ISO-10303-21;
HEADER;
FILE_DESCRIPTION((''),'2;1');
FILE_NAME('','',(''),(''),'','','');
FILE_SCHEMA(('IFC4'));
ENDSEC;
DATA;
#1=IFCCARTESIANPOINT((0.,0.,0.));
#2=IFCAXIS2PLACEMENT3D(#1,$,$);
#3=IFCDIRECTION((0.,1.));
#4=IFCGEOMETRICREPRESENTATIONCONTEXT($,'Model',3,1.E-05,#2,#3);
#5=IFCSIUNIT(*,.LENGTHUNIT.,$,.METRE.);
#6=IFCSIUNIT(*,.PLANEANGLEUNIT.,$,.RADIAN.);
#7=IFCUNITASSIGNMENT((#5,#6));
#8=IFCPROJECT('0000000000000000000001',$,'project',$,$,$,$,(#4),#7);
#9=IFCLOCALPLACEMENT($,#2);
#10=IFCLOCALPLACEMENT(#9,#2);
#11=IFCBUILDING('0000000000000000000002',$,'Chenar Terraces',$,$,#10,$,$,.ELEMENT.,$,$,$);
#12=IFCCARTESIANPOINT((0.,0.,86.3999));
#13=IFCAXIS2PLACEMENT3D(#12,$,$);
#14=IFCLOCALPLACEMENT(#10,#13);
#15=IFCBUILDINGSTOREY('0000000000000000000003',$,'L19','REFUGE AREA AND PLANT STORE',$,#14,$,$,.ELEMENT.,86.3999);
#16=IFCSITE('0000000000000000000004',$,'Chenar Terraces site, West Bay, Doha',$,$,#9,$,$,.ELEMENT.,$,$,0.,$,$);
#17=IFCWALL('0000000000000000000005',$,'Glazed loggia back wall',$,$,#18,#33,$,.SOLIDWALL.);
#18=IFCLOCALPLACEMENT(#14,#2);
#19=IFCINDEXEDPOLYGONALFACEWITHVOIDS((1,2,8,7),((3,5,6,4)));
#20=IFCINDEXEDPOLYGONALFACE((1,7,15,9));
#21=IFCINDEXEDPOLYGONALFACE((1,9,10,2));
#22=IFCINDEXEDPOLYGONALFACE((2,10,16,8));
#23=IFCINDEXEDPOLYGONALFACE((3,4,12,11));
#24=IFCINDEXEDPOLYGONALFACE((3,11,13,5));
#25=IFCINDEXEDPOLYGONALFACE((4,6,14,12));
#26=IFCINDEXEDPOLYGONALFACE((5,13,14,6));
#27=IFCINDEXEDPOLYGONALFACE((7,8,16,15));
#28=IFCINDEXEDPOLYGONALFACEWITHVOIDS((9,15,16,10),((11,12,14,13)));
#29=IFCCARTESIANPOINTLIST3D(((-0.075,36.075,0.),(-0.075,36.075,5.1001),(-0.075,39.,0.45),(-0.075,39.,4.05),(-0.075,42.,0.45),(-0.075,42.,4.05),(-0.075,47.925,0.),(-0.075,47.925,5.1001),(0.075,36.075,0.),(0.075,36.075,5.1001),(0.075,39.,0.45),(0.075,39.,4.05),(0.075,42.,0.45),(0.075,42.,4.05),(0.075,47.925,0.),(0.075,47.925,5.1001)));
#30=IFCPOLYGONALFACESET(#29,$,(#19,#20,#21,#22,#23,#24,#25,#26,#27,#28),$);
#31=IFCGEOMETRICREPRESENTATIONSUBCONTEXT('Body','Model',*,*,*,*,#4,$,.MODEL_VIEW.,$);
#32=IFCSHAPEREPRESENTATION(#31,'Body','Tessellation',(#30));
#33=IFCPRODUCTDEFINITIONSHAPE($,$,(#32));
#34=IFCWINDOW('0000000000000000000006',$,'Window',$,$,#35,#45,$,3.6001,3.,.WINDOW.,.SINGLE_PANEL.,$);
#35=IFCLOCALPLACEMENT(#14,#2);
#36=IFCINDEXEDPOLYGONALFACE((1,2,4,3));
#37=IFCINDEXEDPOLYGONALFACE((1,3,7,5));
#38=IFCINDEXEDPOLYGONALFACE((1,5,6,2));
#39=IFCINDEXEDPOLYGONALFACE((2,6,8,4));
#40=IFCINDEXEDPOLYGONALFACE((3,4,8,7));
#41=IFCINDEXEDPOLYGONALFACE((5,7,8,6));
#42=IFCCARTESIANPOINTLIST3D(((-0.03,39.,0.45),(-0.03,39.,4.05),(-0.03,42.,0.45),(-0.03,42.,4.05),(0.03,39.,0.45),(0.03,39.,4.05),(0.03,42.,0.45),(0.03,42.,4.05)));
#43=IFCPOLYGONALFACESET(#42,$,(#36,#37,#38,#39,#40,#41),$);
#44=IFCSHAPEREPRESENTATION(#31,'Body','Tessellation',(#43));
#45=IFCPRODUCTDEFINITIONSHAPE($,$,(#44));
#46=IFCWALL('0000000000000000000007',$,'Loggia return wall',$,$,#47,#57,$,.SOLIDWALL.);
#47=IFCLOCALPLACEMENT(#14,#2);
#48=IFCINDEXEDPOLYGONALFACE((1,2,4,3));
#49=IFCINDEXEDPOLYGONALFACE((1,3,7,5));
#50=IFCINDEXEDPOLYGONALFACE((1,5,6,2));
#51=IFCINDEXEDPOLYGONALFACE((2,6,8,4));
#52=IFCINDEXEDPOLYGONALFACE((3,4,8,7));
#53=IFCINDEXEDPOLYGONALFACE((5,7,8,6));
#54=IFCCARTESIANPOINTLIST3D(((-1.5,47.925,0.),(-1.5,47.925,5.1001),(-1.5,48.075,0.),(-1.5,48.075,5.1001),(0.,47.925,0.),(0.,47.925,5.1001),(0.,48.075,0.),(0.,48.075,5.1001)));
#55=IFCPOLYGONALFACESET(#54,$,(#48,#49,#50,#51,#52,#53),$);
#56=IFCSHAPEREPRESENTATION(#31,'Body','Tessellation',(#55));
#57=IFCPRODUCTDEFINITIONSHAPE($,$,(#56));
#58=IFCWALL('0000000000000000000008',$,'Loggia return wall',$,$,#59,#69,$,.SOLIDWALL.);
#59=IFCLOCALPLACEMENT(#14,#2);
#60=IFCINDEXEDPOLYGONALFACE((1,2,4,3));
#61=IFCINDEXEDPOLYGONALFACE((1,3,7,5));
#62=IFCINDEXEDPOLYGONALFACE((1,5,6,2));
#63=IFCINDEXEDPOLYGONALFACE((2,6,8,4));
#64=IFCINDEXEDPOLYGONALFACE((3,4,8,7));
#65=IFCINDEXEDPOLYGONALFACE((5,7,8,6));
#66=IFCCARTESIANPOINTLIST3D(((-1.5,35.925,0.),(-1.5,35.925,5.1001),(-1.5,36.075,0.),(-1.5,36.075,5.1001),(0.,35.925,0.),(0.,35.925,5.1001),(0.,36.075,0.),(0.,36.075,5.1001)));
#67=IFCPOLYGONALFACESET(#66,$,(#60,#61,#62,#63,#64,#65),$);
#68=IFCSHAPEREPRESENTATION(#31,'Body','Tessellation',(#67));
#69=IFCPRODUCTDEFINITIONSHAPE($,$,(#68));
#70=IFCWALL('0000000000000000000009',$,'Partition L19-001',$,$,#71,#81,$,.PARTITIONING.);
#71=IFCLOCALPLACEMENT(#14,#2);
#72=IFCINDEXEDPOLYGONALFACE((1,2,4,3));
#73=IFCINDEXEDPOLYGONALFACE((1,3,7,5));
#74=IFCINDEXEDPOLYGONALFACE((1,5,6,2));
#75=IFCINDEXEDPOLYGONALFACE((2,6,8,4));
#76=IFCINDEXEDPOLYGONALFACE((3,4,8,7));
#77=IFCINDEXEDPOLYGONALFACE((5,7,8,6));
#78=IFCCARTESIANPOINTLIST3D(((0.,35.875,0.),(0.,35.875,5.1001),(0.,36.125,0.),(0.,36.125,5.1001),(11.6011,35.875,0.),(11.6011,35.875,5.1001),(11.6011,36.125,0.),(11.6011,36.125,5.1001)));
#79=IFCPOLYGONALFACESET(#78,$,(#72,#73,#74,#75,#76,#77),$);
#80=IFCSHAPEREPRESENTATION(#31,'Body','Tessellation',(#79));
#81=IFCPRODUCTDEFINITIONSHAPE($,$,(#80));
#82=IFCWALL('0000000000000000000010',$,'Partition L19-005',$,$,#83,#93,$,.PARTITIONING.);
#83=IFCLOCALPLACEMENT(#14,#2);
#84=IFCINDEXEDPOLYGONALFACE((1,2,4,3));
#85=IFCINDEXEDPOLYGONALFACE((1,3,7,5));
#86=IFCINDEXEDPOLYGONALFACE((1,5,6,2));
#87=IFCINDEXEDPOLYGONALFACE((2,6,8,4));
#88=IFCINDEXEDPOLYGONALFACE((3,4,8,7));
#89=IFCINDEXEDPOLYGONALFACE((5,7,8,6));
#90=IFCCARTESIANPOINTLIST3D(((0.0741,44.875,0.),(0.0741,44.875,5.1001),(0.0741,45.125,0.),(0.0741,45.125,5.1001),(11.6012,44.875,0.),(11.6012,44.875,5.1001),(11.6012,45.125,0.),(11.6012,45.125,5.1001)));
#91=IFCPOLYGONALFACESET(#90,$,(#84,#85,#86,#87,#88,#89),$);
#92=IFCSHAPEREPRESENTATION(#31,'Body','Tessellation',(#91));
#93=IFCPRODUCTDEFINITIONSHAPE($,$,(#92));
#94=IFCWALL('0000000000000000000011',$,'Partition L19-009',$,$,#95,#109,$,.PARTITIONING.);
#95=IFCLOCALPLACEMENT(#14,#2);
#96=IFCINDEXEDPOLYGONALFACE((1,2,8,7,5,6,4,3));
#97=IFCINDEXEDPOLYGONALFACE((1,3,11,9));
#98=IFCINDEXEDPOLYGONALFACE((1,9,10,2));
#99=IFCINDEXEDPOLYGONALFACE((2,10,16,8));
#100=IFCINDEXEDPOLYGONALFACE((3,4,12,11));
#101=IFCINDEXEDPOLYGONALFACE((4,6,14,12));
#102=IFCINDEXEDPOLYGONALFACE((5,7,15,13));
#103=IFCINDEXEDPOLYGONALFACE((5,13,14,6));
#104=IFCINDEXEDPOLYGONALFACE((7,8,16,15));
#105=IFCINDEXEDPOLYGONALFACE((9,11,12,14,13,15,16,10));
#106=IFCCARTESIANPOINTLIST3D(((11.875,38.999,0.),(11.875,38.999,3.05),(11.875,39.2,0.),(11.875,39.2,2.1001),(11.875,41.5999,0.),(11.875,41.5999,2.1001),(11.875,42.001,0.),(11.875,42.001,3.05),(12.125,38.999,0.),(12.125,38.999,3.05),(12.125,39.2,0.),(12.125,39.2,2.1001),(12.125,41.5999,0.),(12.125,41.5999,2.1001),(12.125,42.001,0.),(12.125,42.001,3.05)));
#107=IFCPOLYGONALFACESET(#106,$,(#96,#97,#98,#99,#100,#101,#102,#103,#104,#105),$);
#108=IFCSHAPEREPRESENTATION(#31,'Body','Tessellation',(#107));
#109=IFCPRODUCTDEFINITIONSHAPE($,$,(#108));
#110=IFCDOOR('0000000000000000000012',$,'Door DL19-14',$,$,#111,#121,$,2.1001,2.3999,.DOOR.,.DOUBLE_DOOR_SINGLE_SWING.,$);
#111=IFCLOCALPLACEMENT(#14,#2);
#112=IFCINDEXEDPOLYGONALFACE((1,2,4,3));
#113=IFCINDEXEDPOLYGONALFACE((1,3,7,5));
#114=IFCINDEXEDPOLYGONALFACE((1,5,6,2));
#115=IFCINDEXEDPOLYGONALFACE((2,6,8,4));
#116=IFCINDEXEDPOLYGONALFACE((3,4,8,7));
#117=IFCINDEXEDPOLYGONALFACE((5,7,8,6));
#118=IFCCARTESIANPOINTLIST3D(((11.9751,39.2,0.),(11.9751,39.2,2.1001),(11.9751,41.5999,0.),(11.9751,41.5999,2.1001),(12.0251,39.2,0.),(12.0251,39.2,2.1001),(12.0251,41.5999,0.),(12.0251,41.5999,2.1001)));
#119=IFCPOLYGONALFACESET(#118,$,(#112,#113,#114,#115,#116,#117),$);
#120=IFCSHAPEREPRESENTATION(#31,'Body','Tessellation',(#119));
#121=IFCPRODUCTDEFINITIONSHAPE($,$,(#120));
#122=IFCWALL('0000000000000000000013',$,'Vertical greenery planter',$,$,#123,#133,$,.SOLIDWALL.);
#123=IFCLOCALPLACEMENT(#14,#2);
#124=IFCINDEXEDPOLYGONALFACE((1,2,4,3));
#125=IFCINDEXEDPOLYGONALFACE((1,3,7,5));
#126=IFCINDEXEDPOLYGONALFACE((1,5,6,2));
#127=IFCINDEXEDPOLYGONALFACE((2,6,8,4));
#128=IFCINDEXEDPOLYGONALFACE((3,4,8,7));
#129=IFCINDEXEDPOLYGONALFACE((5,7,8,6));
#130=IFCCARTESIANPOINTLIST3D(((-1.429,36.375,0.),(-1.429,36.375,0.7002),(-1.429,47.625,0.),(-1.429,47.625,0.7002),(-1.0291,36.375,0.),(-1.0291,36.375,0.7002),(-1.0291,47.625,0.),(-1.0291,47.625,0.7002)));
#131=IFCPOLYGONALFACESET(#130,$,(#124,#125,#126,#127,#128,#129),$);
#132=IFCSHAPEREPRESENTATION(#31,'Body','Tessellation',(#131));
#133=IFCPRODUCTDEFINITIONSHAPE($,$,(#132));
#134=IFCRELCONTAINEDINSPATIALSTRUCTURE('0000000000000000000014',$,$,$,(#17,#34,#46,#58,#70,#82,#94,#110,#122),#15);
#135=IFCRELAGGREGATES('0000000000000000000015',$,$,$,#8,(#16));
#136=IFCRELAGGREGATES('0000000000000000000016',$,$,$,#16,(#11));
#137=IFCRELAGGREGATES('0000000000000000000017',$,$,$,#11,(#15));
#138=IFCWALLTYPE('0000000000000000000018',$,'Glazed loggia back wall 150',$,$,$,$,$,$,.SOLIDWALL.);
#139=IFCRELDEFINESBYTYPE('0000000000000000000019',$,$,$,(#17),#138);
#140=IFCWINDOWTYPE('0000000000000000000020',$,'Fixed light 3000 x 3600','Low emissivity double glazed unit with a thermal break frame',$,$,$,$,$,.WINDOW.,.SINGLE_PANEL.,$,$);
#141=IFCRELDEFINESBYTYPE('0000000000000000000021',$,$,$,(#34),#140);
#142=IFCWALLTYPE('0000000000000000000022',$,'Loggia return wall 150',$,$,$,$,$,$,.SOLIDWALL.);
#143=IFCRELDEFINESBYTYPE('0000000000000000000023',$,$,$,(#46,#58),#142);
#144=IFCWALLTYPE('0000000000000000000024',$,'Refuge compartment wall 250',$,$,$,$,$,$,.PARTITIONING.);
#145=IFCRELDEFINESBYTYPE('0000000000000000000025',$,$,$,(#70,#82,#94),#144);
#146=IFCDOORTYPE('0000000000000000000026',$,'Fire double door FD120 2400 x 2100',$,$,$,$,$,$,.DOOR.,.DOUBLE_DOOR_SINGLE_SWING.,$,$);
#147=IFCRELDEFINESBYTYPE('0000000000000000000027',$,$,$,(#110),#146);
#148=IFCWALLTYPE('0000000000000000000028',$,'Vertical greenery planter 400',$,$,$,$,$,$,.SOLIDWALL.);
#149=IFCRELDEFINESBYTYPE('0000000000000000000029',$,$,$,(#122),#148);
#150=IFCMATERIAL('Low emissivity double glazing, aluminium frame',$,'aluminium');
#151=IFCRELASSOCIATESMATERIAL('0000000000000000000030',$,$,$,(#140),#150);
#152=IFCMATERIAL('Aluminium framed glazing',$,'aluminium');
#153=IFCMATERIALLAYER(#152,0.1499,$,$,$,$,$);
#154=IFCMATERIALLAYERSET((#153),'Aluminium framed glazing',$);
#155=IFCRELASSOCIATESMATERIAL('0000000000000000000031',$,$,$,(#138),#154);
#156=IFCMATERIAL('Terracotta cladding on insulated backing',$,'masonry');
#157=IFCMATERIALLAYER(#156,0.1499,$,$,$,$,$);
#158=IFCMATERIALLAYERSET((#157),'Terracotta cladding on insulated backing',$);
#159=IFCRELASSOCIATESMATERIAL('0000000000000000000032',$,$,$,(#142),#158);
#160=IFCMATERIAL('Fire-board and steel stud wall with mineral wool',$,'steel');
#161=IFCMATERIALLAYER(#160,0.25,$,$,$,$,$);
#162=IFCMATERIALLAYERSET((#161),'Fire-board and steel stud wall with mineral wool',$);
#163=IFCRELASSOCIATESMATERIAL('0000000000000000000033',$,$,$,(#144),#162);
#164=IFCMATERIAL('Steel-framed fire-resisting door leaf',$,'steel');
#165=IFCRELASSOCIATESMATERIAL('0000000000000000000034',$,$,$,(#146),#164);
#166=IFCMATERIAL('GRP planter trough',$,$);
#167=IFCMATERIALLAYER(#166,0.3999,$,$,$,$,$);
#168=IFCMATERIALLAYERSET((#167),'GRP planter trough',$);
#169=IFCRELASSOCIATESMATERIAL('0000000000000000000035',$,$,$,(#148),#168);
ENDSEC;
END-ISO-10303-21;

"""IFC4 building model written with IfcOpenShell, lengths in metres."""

from ifc_helpers import new_model, si_unit, direction, frame, frame_2d, origin, place, context, subcontext, project, spatial, rectangle, extrude, material, layer, layer_set, type_object, element, fill, save


model = new_model("IFC4")

# Units and contexts
model_context = context("Model", 3, precision=1e-05, world=origin(), true_north=direction((0.0, 1.0)))
body_context = subcontext(model_context, "Body", "Model", "MODEL_VIEW")
ifc_project = project(units=[si_unit("LENGTHUNIT", "METRE"), si_unit("PLANEANGLEUNIT", "RADIAN")], contexts=[model_context])

# Site, building, storey
site_placement = place(None, origin())
site = spatial("IfcSite", under=ifc_project, at=site_placement, Name="Chenar Terraces site, West Bay, Doha", CompositionType="ELEMENT", RefElevation=0.0)
building_placement = place(site_placement, origin())
building = spatial("IfcBuilding", under=site, at=building_placement, Name="Chenar Terraces", CompositionType="ELEMENT")
storey_placement = place(building_placement, frame((0.0, 0.0, 86.3999)))
storey = spatial("IfcBuildingStorey", under=building, at=storey_placement, Name="L19", Description="REFUGE AREA AND PLANT STORE", CompositionType="ELEMENT", Elevation=86.3999)

# Shared definitions
placement = place(storey_placement, frame((0.0, 36.0, 0.0), z_axis=(0.0, 0.0, 1.0), x_axis=(1.0, 0.0, 0.0)))

# Wall, opening, window
ifc_material_1 = material(Name="Low emissivity double glazing, aluminium frame", Category="aluminium")
window_type = type_object("IfcWindowType", Name="Fixed light 3000 x 3600", Description="Low emissivity double glazed unit with a thermal break frame", PartitioningType="SINGLE_PANEL", PredefinedType="WINDOW", material=ifc_material_1)
ifc_material_2 = material(Name="Aluminium framed glazing", Category="aluminium")
ifc_layer_1 = layer(ifc_material_2, 0.1499)
ifc_layer_set_1 = layer_set([ifc_layer_1], Name="Aluminium framed glazing")
wall_type_1 = type_object("IfcWallType", Name="Glazed loggia back wall 150", PredefinedType="SOLIDWALL", material=ifc_layer_set_1)
wall_1_placement = place(storey_placement, frame((0.0, 47.925, 0.0), z_axis=(0.0, 0.0, 1.0), x_axis=(0.0, -1.0, 0.0)))
wall_1 = element("IfcWall", 1, at=wall_1_placement, inside=storey, type_object=wall_type_1, Name="Glazed loggia back wall", PredefinedType="SOLIDWALL", context=body_context, shape_type="SweptSolid", body=[
    extrude(rectangle(XDim=11.8501, YDim=0.1499, at=frame_2d((5.925, 0.0))), origin(), (0.0, 0.0, 1.0), 5.1001),
])
opening_1_placement = place(wall_1_placement, frame((5.925, 0.0, 0.45)))
opening_1 = element("IfcOpeningElement", 2, at=opening_1_placement, cuts=wall_1, PredefinedType="OPENING", context=body_context, shape_type="SweptSolid", body=[
    extrude(rectangle(XDim=3.0, YDim=3.6001, at=frame_2d((1.5, 1.8))), frame((0.0, 0.085, 0.0), z_axis=(0.0, -1.0, 0.0), x_axis=(1.0, 0.0, 0.0)), (0.0, 0.0, 1.0), 0.1699),
])
window_1_placement = place(opening_1_placement, origin())
window_1 = element("IfcWindow", 3, at=window_1_placement, inside=storey, type_object=window_type, Name="Window", OverallHeight=3.6001, OverallWidth=3.0, PartitioningType="SINGLE_PANEL", PredefinedType="WINDOW", context=body_context, shape_type="SweptSolid", body=[
    extrude(rectangle(XDim=3.0, YDim=3.6001, at=frame_2d((1.5, 1.8))), frame((0.0, 0.03, 0.0), z_axis=(0.0, -1.0, 0.0), x_axis=(1.0, 0.0, 0.0)), (0.0, 0.0, 1.0), 0.0601),
])
fill(opening_1, window_1)

# Walls
ifc_material_3 = material(Name="Terracotta cladding on insulated backing", Category="masonry")
ifc_layer_2 = layer(ifc_material_3, 0.1499)
ifc_layer_set_2 = layer_set([ifc_layer_2], Name="Terracotta cladding on insulated backing")
wall_type_2 = type_object("IfcWallType", Name="Loggia return wall 150", PredefinedType="SOLIDWALL", material=ifc_layer_set_2)
for number, where, z_axis, x_axis, name in (
    (4, (-1.5, 48.0, 0.0), (0.0, 0.0, 1.0), (1.0, 0.0, 0.0), "Loggia return wall"),
    (5, (-1.5, 36.0, 0.0), (0.0, 0.0, 1.0), (1.0, 0.0, 0.0), "Loggia return wall"),
):
    element("IfcWall", number, at=place(storey_placement, frame(where, z_axis=z_axis, x_axis=x_axis)), inside=storey, type_object=wall_type_2, Name=name, PredefinedType="SOLIDWALL", context=body_context, shape_type="SweptSolid", body=[
        extrude(rectangle(XDim=1.5, YDim=0.1499, at=frame_2d((0.75, 0.0))), origin(), (0.0, 0.0, 1.0), 5.1001),
    ])
ifc_material_4 = material(Name="Fire-board and steel stud wall with mineral wool", Category="steel")
ifc_layer_3 = layer(ifc_material_4, 0.25)
ifc_layer_set_3 = layer_set([ifc_layer_3], Name="Fire-board and steel stud wall with mineral wool")
wall_type_3 = type_object("IfcWallType", Name="Refuge compartment wall 250", PredefinedType="PARTITIONING", material=ifc_layer_set_3)
element("IfcWall", 6, at=placement, inside=storey, type_object=wall_type_3, Name="Partition L19-001", PredefinedType="PARTITIONING", context=body_context, shape_type="SweptSolid", body=[
    extrude(rectangle(XDim=11.6011, YDim=0.25, at=frame_2d((5.8005, 0.0))), origin(), (0.0, 0.0, 1.0), 5.1001),
])
wall_2_placement = place(storey_placement, frame((0.074, 45.0, 0.0), z_axis=(0.0, 0.0, 1.0), x_axis=(1.0, 0.0, 0.0)))
element("IfcWall", 7, at=wall_2_placement, inside=storey, type_object=wall_type_3, Name="Partition L19-005", PredefinedType="PARTITIONING", context=body_context, shape_type="SweptSolid", body=[
    extrude(rectangle(XDim=11.5271, YDim=0.25, at=frame_2d((5.7637, 0.0))), origin(), (0.0, 0.0, 1.0), 5.1001),
])

# Wall, opening, door
wall_3_placement = place(storey_placement, frame((12.0, 38.999, 0.0), z_axis=(0.0, 0.0, 1.0), x_axis=(0.0, 1.0, 0.0)))
wall_3 = element("IfcWall", 8, at=wall_3_placement, inside=storey, type_object=wall_type_3, Name="Partition L19-009", PredefinedType="PARTITIONING", context=body_context, shape_type="SweptSolid", body=[
    extrude(rectangle(XDim=3.002, YDim=0.25, at=frame_2d((1.501, 0.0))), origin(), (0.0, 0.0, 1.0), 3.05),
])
opening_2_placement = place(wall_3_placement, frame((0.2009, 0.0, 0.0)))
opening_2 = element("IfcOpeningElement", 9, at=opening_2_placement, cuts=wall_3, PredefinedType="OPENING", context=body_context, shape_type="SweptSolid", body=[
    extrude(rectangle(XDim=2.3999, YDim=2.1001, at=frame_2d((1.2, 1.05))), frame((0.0, 0.135, 0.0), z_axis=(0.0, -1.0, 0.0), x_axis=(1.0, 0.0, 0.0)), (0.0, 0.0, 1.0), 0.27),
])
ifc_material_5 = material(Name="Steel-framed fire-resisting door leaf", Category="steel")
door_type_1 = type_object("IfcDoorType", Name="Fire double door FD120 2400 x 2100", OperationType="DOUBLE_DOOR_SINGLE_SWING", PredefinedType="DOOR", material=ifc_material_5)
door_1_placement = place(opening_2_placement, origin())
door_1 = element("IfcDoor", 10, at=door_1_placement, inside=storey, type_object=door_type_1, Name="Door DL19-14", OperationType="DOUBLE_DOOR_SINGLE_SWING", OverallHeight=2.1001, OverallWidth=2.3999, PredefinedType="DOOR", context=body_context, shape_type="SweptSolid", body=[
    extrude(rectangle(XDim=2.3999, YDim=2.1001, at=frame_2d((1.2, 1.05))), frame((0.0, 0.0249, 0.0), z_axis=(0.0, -1.0, 0.0), x_axis=(1.0, 0.0, 0.0)), (0.0, 0.0, 1.0), 0.05),
])
fill(opening_2, door_1)

# Wall
ifc_material_6 = material(Name="GRP planter trough")
ifc_layer_4 = layer(ifc_material_6, 0.3999)
ifc_layer_set_4 = layer_set([ifc_layer_4], Name="GRP planter trough")
wall_type_4 = type_object("IfcWallType", Name="Vertical greenery planter 400", PredefinedType="SOLIDWALL", material=ifc_layer_set_4)
wall_4_placement = place(storey_placement, frame((-1.229, 47.625, 0.0), z_axis=(0.0, 0.0, 1.0), x_axis=(0.0, -1.0, 0.0)))
element("IfcWall", 11, at=wall_4_placement, inside=storey, type_object=wall_type_4, Name="Vertical greenery planter", PredefinedType="SOLIDWALL", context=body_context, shape_type="SweptSolid", body=[
    extrude(rectangle(XDim=11.25, YDim=0.3999, at=frame_2d((5.625, 0.0))), origin(), (0.0, 0.0, 1.0), 0.7002),
])

save(model, "model.ifc")
